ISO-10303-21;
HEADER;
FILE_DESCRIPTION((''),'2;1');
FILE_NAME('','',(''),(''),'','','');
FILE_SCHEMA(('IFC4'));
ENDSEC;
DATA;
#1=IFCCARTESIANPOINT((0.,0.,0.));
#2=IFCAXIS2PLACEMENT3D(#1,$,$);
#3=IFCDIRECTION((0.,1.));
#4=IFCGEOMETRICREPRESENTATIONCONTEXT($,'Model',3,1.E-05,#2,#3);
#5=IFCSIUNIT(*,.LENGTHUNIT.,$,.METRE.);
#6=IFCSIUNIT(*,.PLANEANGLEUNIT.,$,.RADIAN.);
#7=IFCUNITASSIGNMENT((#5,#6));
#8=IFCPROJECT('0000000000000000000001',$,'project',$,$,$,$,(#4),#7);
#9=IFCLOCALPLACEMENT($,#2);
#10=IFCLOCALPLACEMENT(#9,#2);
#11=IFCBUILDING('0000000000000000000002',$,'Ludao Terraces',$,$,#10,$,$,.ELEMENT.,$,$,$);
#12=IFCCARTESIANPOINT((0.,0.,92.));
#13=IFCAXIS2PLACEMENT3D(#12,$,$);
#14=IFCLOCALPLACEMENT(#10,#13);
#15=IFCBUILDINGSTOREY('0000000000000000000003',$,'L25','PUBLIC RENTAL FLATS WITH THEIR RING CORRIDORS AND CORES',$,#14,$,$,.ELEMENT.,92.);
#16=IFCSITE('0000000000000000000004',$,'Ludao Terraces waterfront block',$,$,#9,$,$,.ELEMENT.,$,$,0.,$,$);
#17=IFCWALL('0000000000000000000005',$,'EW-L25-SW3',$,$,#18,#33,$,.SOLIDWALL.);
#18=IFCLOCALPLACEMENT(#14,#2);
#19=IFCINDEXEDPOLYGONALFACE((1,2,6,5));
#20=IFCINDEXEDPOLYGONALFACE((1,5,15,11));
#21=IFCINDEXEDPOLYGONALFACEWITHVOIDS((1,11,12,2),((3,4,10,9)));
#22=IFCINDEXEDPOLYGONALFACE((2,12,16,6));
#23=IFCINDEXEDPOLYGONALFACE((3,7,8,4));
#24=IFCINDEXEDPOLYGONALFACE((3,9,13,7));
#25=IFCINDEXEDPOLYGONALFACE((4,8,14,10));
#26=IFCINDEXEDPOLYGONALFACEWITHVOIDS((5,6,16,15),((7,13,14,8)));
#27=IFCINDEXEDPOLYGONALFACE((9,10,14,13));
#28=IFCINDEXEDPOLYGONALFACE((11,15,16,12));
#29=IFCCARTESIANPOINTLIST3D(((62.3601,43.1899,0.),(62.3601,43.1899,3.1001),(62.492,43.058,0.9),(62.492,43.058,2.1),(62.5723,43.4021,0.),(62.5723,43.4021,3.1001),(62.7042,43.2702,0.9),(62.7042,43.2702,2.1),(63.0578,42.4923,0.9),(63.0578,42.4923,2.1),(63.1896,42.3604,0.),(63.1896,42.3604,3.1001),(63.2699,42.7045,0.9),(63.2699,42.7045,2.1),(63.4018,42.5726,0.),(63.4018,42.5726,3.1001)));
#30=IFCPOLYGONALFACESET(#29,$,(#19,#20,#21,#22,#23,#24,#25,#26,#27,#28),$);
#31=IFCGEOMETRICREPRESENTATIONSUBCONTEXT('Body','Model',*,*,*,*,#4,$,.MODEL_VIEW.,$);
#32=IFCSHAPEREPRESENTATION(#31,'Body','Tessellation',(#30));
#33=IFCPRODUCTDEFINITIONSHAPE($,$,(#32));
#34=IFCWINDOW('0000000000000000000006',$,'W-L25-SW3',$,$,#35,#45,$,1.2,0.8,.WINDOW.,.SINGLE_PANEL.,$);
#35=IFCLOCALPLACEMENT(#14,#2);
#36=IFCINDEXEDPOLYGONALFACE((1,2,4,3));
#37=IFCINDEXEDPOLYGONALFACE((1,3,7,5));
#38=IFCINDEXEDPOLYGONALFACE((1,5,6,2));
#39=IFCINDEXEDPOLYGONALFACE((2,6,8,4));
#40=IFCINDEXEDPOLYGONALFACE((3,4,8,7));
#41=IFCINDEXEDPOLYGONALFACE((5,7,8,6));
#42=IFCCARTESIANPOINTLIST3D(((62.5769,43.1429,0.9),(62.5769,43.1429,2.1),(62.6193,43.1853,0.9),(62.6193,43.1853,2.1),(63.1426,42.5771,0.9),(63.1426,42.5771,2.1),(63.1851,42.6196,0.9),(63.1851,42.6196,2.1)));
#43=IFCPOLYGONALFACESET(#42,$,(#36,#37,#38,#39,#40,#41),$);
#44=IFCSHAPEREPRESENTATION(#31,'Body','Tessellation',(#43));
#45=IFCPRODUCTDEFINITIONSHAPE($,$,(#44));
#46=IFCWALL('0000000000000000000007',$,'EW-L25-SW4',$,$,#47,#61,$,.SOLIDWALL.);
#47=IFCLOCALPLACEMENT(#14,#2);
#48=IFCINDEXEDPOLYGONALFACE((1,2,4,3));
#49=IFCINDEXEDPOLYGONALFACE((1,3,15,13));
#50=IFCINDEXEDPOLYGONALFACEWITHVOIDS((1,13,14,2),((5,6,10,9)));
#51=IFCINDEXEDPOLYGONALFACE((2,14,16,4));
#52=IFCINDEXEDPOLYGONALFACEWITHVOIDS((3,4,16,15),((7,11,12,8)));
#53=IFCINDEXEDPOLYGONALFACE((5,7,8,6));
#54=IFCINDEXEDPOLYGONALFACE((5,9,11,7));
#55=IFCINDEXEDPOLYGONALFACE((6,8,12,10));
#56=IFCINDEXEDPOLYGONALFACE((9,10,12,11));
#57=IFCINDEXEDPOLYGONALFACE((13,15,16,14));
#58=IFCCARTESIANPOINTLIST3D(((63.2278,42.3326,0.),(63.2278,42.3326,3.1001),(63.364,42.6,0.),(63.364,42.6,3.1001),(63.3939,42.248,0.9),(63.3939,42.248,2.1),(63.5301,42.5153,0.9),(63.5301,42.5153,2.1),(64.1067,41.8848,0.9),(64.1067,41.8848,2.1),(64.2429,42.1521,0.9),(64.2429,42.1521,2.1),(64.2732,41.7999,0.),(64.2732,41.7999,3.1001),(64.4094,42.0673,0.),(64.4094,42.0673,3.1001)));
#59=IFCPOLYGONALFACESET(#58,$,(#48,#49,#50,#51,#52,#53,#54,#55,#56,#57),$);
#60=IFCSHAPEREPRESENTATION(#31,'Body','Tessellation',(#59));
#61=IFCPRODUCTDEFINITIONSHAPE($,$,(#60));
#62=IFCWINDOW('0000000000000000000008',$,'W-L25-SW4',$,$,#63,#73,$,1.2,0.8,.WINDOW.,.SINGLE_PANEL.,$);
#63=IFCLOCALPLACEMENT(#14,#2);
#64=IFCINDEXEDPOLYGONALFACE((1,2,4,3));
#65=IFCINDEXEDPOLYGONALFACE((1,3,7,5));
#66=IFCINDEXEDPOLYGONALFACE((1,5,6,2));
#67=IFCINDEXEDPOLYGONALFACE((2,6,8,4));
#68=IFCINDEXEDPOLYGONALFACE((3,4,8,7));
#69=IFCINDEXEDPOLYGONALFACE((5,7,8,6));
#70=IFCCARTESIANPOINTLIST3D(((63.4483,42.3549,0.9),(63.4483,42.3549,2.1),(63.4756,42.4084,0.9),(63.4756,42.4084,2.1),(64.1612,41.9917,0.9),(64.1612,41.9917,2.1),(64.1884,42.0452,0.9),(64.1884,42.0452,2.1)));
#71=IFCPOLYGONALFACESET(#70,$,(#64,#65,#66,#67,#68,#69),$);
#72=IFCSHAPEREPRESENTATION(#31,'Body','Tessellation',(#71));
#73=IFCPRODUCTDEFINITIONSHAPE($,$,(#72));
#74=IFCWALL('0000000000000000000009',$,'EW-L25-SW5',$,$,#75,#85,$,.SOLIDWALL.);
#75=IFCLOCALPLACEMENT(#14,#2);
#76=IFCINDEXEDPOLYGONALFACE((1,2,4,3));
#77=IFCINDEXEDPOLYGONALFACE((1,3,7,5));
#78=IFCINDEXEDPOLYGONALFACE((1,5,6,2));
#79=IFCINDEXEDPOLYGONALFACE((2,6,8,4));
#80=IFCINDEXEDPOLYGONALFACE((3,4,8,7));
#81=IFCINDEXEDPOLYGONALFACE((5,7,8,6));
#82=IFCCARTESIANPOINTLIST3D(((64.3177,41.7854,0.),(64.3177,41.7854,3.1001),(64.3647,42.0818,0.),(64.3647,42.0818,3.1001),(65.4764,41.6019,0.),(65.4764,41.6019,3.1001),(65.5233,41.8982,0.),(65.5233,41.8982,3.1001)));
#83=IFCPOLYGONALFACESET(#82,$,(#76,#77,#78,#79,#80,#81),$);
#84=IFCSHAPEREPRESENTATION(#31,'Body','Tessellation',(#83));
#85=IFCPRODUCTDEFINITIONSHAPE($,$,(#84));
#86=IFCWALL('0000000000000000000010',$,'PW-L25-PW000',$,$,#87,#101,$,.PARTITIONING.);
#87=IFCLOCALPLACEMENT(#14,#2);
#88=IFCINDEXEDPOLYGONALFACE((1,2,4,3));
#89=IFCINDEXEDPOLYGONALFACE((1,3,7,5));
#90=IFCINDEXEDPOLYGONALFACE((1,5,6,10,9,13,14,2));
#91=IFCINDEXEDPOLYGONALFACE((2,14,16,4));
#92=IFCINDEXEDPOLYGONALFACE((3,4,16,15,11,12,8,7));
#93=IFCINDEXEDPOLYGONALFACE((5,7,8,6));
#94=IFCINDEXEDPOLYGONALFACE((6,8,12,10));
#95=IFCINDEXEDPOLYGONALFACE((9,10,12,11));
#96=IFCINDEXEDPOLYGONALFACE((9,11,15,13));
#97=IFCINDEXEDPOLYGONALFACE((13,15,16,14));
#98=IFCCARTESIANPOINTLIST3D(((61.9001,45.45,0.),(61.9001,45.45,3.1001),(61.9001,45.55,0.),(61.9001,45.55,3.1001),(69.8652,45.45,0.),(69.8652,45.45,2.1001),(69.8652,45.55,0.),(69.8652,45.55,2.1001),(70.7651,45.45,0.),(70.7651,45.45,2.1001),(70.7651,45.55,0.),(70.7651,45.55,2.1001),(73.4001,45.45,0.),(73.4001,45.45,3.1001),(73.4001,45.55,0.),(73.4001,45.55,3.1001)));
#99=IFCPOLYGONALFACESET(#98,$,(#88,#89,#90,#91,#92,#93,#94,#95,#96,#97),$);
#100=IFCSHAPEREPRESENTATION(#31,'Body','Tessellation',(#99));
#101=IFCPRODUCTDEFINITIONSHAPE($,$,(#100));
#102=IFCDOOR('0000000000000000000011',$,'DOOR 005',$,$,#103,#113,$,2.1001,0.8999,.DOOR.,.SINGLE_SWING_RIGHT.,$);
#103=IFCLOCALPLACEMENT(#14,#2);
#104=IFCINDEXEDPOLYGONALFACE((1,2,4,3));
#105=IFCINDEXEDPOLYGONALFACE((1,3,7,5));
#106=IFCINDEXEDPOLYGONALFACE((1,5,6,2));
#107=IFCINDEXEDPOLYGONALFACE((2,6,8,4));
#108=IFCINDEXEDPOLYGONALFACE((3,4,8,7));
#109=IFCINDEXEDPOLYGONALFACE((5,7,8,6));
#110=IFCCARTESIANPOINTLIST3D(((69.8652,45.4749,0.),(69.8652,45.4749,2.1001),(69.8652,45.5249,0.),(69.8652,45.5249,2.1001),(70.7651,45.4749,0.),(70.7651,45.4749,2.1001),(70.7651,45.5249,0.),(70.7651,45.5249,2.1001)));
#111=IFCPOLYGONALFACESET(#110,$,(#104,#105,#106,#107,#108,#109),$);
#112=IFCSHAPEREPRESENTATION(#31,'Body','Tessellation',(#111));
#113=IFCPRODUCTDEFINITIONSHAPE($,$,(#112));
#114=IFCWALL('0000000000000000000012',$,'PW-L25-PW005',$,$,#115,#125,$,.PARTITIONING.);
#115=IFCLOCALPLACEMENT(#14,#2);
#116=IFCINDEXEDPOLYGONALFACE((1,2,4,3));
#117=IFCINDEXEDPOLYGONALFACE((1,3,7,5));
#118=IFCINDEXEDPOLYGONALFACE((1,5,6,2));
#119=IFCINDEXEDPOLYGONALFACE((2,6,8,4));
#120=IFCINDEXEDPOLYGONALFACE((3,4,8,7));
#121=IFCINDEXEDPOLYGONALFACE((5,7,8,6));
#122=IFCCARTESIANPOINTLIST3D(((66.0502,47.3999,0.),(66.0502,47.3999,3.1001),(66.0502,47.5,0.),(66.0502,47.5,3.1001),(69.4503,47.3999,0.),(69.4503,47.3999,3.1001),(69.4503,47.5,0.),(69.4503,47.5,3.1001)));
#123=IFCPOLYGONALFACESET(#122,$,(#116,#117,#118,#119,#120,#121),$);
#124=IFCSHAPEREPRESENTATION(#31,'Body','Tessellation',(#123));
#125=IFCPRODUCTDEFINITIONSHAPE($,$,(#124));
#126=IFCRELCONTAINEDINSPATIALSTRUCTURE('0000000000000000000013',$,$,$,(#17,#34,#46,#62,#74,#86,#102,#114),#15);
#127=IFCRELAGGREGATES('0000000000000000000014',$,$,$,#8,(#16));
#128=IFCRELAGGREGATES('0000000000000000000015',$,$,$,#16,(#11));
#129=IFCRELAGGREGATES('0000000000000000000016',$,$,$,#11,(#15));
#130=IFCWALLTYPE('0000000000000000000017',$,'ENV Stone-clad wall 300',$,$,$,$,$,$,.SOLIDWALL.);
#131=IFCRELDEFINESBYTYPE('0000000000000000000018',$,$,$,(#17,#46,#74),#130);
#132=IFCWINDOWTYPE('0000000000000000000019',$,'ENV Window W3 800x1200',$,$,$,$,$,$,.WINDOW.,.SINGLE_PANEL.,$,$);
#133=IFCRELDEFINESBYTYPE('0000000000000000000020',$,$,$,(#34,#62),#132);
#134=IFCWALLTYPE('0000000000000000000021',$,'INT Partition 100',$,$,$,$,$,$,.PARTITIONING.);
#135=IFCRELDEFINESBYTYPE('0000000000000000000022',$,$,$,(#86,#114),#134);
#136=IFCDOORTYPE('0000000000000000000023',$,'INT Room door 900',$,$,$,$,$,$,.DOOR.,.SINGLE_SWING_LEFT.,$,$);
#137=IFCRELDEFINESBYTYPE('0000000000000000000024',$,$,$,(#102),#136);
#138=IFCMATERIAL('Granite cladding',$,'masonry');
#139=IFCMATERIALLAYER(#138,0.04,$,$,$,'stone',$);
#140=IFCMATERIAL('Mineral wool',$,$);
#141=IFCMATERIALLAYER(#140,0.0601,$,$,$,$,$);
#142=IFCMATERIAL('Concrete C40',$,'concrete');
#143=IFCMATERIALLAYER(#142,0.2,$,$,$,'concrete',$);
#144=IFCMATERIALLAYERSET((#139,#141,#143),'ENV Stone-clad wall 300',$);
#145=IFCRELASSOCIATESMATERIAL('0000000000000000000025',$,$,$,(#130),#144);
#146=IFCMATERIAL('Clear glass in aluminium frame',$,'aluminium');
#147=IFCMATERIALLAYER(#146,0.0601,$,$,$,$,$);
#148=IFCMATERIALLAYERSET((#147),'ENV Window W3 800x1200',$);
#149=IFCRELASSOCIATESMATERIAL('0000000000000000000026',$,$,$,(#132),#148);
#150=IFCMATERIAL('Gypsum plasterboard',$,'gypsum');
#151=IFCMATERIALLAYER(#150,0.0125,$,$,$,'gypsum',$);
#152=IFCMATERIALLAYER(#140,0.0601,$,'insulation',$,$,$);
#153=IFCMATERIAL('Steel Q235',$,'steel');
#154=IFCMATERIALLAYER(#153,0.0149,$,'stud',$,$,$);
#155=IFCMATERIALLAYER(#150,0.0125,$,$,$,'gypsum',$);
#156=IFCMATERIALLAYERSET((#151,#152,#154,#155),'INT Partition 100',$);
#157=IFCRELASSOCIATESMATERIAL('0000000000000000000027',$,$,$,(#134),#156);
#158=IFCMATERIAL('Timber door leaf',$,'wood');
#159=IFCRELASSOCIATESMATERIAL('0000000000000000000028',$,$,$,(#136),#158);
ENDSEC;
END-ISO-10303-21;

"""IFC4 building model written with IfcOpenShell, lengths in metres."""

from ifc_helpers import new_model, si_unit, direction, frame, frame_2d, origin, place, context, subcontext, project, spatial, rectangle, extrude, material, layer, layer_set, type_object, element, fill, save


model = new_model("IFC4")

# Units and contexts
model_context = context("Model", 3, precision=1e-05, world=origin(), true_north=direction((0.0, 1.0)))
body_context = subcontext(model_context, "Body", "Model", "MODEL_VIEW")
ifc_project = project(units=[si_unit("LENGTHUNIT", "METRE"), si_unit("PLANEANGLEUNIT", "RADIAN")], contexts=[model_context])

# Site, building, storey
site_placement = place(None, origin())
site = spatial("IfcSite", under=ifc_project, at=site_placement, Name="Ludao Terraces waterfront block", CompositionType="ELEMENT", RefElevation=0.0)
building_placement = place(site_placement, origin())
building = spatial("IfcBuilding", under=site, at=building_placement, Name="Ludao Terraces", CompositionType="ELEMENT")
storey_placement = place(building_placement, frame((0.0, 0.0, 92.0)))
storey = spatial("IfcBuildingStorey", under=building, at=storey_placement, Name="L25", Description="PUBLIC RENTAL FLATS WITH THEIR RING CORRIDORS AND CORES", CompositionType="ELEMENT", Elevation=92.0)

# Shared definitions
ifc_material_1 = material(Name="Concrete C40", Category="concrete")

# Shared definitions
ifc_material_2 = material(Name="Granite cladding", Category="masonry")
ifc_layer_1 = layer(ifc_material_2, 0.04, Category="stone")
ifc_material_3 = material(Name="Mineral wool")
ifc_layer_2 = layer(ifc_material_3, 0.0601)
ifc_layer_3 = layer(ifc_material_1, 0.2, Category="concrete")
ifc_layer_set_1 = layer_set([ifc_layer_1, ifc_layer_2, ifc_layer_3], Name="ENV Stone-clad wall 300")
wall_type_1 = type_object("IfcWallType", Name="ENV Stone-clad wall 300", PredefinedType="SOLIDWALL", material=ifc_layer_set_1)
ifc_material_4 = material(Name="Clear glass in aluminium frame", Category="aluminium")

# Walls, openings, windows
ifc_layer_4 = layer(ifc_material_4, 0.0601)
ifc_layer_set_2 = layer_set([ifc_layer_4], Name="ENV Window W3 800x1200")
window_type_1 = type_object("IfcWindowType", Name="ENV Window W3 800x1200", PartitioningType="SINGLE_PANEL", PredefinedType="WINDOW", material=ifc_layer_set_2)
wall_1_placement = place(storey_placement, frame((62.4663, 43.2959, 0.0), z_axis=(0.0, 0.0, 1.0), x_axis=(0.707107, -0.707107, 0.0)))
wall_1 = element("IfcWall", 1, at=wall_1_placement, inside=storey, type_object=wall_type_1, Name="EW-L25-SW3", PredefinedType="SOLIDWALL", context=body_context, shape_type="SweptSolid", body=[
    extrude(rectangle(XDim=1.1731, YDim=0.3, at=frame_2d((0.5864, 0.0))), origin(), (0.0, 0.0, 1.0), 3.1001),
])
opening_1_placement = place(wall_1_placement, frame((0.1865, 0.0, 0.8999)))
opening_1 = element("IfcOpeningElement", 2, at=opening_1_placement, cuts=wall_1, PredefinedType="OPENING", context=body_context, shape_type="SweptSolid", body=[
    extrude(rectangle(XDim=0.8, YDim=1.2, at=frame_2d((0.3999, 0.6001))), frame((0.0, 0.1602, 0.0), z_axis=(0.0, -1.0, 0.0), x_axis=(1.0, 0.0, 0.0)), (0.0, 0.0, 1.0), 0.3201),
])
window_1_placement = place(opening_1_placement, origin())
window_1 = element("IfcWindow", 3, at=window_1_placement, inside=storey, type_object=window_type_1, Name="W-L25-SW3", OverallHeight=1.2, OverallWidth=0.8, PartitioningType="SINGLE_PANEL", PredefinedType="WINDOW", context=body_context, shape_type="SweptSolid", body=[
    extrude(rectangle(XDim=0.8, YDim=1.2, at=frame_2d((0.3999, 0.6001))), frame((0.0, 0.03, 0.0), z_axis=(0.0, -1.0, 0.0), x_axis=(1.0, 0.0, 0.0)), (0.0, 0.0, 1.0), 0.0601),
])
fill(opening_1, window_1)
wall_2_placement = place(storey_placement, frame((63.2959, 42.4663, 0.0), z_axis=(0.0, 0.0, 1.0), x_axis=(0.890989, -0.454026, 0.0)))
wall_2 = element("IfcWall", 4, at=wall_2_placement, inside=storey, type_object=wall_type_1, Name="EW-L25-SW4", PredefinedType="SOLIDWALL", context=body_context, shape_type="SweptSolid", body=[
    extrude(rectangle(XDim=1.1733, YDim=0.3, at=frame_2d((0.5867, 0.0))), origin(), (0.0, 0.0, 1.0), 3.1001),
])
opening_2_placement = place(wall_2_placement, frame((0.1865, 0.0, 0.8999)))
opening_2 = element("IfcOpeningElement", 5, at=opening_2_placement, cuts=wall_2, PredefinedType="OPENING", context=body_context, shape_type="SweptSolid", body=[
    extrude(rectangle(XDim=0.8, YDim=1.2, at=frame_2d((0.3999, 0.6001))), frame((0.0, 0.1602, 0.0), z_axis=(0.0, -1.0, 0.0), x_axis=(1.0, 0.0, 0.0)), (0.0, 0.0, 1.0), 0.3201),
])
window_2_placement = place(opening_2_placement, origin())
window_2 = element("IfcWindow", 6, at=window_2_placement, inside=storey, type_object=window_type_1, Name="W-L25-SW4", OverallHeight=1.2, OverallWidth=0.8, PartitioningType="SINGLE_PANEL", PredefinedType="WINDOW", context=body_context, shape_type="SweptSolid", body=[
    extrude(rectangle(XDim=0.8, YDim=1.2, at=frame_2d((0.3999, 0.6001))), frame((0.0, 0.03, 0.0), z_axis=(0.0, -1.0, 0.0), x_axis=(1.0, 0.0, 0.0)), (0.0, 0.0, 1.0), 0.0601),
])
fill(opening_2, window_2)

# Wall
wall_3_placement = place(storey_placement, frame((64.3413, 41.9336, 0.0), z_axis=(0.0, 0.0, 1.0), x_axis=(0.987678, -0.156497, 0.0)))
element("IfcWall", 7, at=wall_3_placement, inside=storey, type_object=wall_type_1, Name="EW-L25-SW5", PredefinedType="SOLIDWALL", context=body_context, shape_type="SweptSolid", body=[
    extrude(rectangle(XDim=1.1731, YDim=0.3, at=frame_2d((0.5864, 0.0))), origin(), (0.0, 0.0, 1.0), 3.1001),
])

# Wall, opening, door
ifc_material_5 = material(Name="Gypsum plasterboard", Category="gypsum")
ifc_layer_5 = layer(ifc_material_5, 0.0125, Category="gypsum")
ifc_layer_6 = layer(ifc_material_3, 0.0601, Name="insulation")
ifc_material_6 = material(Name="Steel Q235", Category="steel")
ifc_layer_7 = layer(ifc_material_6, 0.0149, Name="stud")
ifc_layer_8 = layer(ifc_material_5, 0.0125, Category="gypsum")
ifc_layer_set_3 = layer_set([ifc_layer_5, ifc_layer_6, ifc_layer_7, ifc_layer_8], Name="INT Partition 100")
wall_type_2 = type_object("IfcWallType", Name="INT Partition 100", PredefinedType="PARTITIONING", material=ifc_layer_set_3)
wall_4_placement = place(storey_placement, frame((61.9001, 45.5, 0.0), z_axis=(0.0, 0.0, 1.0), x_axis=(1.0, 0.0, 0.0)))
wall_4 = element("IfcWall", 8, at=wall_4_placement, inside=storey, type_object=wall_type_2, Name="PW-L25-PW000", PredefinedType="PARTITIONING", context=body_context, shape_type="SweptSolid", body=[
    extrude(rectangle(XDim=11.5, YDim=0.1001, at=frame_2d((5.75, 0.0))), origin(), (0.0, 0.0, 1.0), 3.1001),
])
opening_3_placement = place(wall_4_placement, frame((7.9651, 0.0, 0.0)))
opening_3 = element("IfcOpeningElement", 9, at=opening_3_placement, cuts=wall_4, PredefinedType="OPENING", context=body_context, shape_type="SweptSolid", body=[
    extrude(rectangle(XDim=0.8999, YDim=2.1001, at=frame_2d((0.45, 1.05))), frame((0.0, 0.0601, 0.0), z_axis=(0.0, -1.0, 0.0), x_axis=(1.0, 0.0, 0.0)), (0.0, 0.0, 1.0), 0.1201),
])
ifc_material_7 = material(Name="Timber door leaf", Category="wood")
door_type = type_object("IfcDoorType", Name="INT Room door 900", OperationType="SINGLE_SWING_LEFT", PredefinedType="DOOR", material=ifc_material_7)
door_placement = place(opening_3_placement, origin())
door = element("IfcDoor", 10, at=door_placement, inside=storey, type_object=door_type, Name="DOOR 005", OperationType="SINGLE_SWING_RIGHT", OverallHeight=2.1001, OverallWidth=0.8999, PredefinedType="DOOR", context=body_context, shape_type="SweptSolid", body=[
    extrude(rectangle(XDim=0.8999, YDim=2.1001, at=frame_2d((0.45, 1.05))), frame((0.0, 0.0249, 0.0), z_axis=(0.0, -1.0, 0.0), x_axis=(1.0, 0.0, 0.0)), (0.0, 0.0, 1.0), 0.05),
])
fill(opening_3, door)

# Wall
wall_5_placement = place(storey_placement, frame((66.05, 47.45, 0.0), z_axis=(0.0, 0.0, 1.0), x_axis=(1.0, 0.0, 0.0)))
element("IfcWall", 11, at=wall_5_placement, inside=storey, type_object=wall_type_2, Name="PW-L25-PW005", PredefinedType="PARTITIONING", context=body_context, shape_type="SweptSolid", body=[
    extrude(rectangle(XDim=3.4001, YDim=0.1001, at=frame_2d((1.7002, 0.0))), origin(), (0.0, 0.0, 1.0), 3.1001),
])

save(model, "model.ifc")
